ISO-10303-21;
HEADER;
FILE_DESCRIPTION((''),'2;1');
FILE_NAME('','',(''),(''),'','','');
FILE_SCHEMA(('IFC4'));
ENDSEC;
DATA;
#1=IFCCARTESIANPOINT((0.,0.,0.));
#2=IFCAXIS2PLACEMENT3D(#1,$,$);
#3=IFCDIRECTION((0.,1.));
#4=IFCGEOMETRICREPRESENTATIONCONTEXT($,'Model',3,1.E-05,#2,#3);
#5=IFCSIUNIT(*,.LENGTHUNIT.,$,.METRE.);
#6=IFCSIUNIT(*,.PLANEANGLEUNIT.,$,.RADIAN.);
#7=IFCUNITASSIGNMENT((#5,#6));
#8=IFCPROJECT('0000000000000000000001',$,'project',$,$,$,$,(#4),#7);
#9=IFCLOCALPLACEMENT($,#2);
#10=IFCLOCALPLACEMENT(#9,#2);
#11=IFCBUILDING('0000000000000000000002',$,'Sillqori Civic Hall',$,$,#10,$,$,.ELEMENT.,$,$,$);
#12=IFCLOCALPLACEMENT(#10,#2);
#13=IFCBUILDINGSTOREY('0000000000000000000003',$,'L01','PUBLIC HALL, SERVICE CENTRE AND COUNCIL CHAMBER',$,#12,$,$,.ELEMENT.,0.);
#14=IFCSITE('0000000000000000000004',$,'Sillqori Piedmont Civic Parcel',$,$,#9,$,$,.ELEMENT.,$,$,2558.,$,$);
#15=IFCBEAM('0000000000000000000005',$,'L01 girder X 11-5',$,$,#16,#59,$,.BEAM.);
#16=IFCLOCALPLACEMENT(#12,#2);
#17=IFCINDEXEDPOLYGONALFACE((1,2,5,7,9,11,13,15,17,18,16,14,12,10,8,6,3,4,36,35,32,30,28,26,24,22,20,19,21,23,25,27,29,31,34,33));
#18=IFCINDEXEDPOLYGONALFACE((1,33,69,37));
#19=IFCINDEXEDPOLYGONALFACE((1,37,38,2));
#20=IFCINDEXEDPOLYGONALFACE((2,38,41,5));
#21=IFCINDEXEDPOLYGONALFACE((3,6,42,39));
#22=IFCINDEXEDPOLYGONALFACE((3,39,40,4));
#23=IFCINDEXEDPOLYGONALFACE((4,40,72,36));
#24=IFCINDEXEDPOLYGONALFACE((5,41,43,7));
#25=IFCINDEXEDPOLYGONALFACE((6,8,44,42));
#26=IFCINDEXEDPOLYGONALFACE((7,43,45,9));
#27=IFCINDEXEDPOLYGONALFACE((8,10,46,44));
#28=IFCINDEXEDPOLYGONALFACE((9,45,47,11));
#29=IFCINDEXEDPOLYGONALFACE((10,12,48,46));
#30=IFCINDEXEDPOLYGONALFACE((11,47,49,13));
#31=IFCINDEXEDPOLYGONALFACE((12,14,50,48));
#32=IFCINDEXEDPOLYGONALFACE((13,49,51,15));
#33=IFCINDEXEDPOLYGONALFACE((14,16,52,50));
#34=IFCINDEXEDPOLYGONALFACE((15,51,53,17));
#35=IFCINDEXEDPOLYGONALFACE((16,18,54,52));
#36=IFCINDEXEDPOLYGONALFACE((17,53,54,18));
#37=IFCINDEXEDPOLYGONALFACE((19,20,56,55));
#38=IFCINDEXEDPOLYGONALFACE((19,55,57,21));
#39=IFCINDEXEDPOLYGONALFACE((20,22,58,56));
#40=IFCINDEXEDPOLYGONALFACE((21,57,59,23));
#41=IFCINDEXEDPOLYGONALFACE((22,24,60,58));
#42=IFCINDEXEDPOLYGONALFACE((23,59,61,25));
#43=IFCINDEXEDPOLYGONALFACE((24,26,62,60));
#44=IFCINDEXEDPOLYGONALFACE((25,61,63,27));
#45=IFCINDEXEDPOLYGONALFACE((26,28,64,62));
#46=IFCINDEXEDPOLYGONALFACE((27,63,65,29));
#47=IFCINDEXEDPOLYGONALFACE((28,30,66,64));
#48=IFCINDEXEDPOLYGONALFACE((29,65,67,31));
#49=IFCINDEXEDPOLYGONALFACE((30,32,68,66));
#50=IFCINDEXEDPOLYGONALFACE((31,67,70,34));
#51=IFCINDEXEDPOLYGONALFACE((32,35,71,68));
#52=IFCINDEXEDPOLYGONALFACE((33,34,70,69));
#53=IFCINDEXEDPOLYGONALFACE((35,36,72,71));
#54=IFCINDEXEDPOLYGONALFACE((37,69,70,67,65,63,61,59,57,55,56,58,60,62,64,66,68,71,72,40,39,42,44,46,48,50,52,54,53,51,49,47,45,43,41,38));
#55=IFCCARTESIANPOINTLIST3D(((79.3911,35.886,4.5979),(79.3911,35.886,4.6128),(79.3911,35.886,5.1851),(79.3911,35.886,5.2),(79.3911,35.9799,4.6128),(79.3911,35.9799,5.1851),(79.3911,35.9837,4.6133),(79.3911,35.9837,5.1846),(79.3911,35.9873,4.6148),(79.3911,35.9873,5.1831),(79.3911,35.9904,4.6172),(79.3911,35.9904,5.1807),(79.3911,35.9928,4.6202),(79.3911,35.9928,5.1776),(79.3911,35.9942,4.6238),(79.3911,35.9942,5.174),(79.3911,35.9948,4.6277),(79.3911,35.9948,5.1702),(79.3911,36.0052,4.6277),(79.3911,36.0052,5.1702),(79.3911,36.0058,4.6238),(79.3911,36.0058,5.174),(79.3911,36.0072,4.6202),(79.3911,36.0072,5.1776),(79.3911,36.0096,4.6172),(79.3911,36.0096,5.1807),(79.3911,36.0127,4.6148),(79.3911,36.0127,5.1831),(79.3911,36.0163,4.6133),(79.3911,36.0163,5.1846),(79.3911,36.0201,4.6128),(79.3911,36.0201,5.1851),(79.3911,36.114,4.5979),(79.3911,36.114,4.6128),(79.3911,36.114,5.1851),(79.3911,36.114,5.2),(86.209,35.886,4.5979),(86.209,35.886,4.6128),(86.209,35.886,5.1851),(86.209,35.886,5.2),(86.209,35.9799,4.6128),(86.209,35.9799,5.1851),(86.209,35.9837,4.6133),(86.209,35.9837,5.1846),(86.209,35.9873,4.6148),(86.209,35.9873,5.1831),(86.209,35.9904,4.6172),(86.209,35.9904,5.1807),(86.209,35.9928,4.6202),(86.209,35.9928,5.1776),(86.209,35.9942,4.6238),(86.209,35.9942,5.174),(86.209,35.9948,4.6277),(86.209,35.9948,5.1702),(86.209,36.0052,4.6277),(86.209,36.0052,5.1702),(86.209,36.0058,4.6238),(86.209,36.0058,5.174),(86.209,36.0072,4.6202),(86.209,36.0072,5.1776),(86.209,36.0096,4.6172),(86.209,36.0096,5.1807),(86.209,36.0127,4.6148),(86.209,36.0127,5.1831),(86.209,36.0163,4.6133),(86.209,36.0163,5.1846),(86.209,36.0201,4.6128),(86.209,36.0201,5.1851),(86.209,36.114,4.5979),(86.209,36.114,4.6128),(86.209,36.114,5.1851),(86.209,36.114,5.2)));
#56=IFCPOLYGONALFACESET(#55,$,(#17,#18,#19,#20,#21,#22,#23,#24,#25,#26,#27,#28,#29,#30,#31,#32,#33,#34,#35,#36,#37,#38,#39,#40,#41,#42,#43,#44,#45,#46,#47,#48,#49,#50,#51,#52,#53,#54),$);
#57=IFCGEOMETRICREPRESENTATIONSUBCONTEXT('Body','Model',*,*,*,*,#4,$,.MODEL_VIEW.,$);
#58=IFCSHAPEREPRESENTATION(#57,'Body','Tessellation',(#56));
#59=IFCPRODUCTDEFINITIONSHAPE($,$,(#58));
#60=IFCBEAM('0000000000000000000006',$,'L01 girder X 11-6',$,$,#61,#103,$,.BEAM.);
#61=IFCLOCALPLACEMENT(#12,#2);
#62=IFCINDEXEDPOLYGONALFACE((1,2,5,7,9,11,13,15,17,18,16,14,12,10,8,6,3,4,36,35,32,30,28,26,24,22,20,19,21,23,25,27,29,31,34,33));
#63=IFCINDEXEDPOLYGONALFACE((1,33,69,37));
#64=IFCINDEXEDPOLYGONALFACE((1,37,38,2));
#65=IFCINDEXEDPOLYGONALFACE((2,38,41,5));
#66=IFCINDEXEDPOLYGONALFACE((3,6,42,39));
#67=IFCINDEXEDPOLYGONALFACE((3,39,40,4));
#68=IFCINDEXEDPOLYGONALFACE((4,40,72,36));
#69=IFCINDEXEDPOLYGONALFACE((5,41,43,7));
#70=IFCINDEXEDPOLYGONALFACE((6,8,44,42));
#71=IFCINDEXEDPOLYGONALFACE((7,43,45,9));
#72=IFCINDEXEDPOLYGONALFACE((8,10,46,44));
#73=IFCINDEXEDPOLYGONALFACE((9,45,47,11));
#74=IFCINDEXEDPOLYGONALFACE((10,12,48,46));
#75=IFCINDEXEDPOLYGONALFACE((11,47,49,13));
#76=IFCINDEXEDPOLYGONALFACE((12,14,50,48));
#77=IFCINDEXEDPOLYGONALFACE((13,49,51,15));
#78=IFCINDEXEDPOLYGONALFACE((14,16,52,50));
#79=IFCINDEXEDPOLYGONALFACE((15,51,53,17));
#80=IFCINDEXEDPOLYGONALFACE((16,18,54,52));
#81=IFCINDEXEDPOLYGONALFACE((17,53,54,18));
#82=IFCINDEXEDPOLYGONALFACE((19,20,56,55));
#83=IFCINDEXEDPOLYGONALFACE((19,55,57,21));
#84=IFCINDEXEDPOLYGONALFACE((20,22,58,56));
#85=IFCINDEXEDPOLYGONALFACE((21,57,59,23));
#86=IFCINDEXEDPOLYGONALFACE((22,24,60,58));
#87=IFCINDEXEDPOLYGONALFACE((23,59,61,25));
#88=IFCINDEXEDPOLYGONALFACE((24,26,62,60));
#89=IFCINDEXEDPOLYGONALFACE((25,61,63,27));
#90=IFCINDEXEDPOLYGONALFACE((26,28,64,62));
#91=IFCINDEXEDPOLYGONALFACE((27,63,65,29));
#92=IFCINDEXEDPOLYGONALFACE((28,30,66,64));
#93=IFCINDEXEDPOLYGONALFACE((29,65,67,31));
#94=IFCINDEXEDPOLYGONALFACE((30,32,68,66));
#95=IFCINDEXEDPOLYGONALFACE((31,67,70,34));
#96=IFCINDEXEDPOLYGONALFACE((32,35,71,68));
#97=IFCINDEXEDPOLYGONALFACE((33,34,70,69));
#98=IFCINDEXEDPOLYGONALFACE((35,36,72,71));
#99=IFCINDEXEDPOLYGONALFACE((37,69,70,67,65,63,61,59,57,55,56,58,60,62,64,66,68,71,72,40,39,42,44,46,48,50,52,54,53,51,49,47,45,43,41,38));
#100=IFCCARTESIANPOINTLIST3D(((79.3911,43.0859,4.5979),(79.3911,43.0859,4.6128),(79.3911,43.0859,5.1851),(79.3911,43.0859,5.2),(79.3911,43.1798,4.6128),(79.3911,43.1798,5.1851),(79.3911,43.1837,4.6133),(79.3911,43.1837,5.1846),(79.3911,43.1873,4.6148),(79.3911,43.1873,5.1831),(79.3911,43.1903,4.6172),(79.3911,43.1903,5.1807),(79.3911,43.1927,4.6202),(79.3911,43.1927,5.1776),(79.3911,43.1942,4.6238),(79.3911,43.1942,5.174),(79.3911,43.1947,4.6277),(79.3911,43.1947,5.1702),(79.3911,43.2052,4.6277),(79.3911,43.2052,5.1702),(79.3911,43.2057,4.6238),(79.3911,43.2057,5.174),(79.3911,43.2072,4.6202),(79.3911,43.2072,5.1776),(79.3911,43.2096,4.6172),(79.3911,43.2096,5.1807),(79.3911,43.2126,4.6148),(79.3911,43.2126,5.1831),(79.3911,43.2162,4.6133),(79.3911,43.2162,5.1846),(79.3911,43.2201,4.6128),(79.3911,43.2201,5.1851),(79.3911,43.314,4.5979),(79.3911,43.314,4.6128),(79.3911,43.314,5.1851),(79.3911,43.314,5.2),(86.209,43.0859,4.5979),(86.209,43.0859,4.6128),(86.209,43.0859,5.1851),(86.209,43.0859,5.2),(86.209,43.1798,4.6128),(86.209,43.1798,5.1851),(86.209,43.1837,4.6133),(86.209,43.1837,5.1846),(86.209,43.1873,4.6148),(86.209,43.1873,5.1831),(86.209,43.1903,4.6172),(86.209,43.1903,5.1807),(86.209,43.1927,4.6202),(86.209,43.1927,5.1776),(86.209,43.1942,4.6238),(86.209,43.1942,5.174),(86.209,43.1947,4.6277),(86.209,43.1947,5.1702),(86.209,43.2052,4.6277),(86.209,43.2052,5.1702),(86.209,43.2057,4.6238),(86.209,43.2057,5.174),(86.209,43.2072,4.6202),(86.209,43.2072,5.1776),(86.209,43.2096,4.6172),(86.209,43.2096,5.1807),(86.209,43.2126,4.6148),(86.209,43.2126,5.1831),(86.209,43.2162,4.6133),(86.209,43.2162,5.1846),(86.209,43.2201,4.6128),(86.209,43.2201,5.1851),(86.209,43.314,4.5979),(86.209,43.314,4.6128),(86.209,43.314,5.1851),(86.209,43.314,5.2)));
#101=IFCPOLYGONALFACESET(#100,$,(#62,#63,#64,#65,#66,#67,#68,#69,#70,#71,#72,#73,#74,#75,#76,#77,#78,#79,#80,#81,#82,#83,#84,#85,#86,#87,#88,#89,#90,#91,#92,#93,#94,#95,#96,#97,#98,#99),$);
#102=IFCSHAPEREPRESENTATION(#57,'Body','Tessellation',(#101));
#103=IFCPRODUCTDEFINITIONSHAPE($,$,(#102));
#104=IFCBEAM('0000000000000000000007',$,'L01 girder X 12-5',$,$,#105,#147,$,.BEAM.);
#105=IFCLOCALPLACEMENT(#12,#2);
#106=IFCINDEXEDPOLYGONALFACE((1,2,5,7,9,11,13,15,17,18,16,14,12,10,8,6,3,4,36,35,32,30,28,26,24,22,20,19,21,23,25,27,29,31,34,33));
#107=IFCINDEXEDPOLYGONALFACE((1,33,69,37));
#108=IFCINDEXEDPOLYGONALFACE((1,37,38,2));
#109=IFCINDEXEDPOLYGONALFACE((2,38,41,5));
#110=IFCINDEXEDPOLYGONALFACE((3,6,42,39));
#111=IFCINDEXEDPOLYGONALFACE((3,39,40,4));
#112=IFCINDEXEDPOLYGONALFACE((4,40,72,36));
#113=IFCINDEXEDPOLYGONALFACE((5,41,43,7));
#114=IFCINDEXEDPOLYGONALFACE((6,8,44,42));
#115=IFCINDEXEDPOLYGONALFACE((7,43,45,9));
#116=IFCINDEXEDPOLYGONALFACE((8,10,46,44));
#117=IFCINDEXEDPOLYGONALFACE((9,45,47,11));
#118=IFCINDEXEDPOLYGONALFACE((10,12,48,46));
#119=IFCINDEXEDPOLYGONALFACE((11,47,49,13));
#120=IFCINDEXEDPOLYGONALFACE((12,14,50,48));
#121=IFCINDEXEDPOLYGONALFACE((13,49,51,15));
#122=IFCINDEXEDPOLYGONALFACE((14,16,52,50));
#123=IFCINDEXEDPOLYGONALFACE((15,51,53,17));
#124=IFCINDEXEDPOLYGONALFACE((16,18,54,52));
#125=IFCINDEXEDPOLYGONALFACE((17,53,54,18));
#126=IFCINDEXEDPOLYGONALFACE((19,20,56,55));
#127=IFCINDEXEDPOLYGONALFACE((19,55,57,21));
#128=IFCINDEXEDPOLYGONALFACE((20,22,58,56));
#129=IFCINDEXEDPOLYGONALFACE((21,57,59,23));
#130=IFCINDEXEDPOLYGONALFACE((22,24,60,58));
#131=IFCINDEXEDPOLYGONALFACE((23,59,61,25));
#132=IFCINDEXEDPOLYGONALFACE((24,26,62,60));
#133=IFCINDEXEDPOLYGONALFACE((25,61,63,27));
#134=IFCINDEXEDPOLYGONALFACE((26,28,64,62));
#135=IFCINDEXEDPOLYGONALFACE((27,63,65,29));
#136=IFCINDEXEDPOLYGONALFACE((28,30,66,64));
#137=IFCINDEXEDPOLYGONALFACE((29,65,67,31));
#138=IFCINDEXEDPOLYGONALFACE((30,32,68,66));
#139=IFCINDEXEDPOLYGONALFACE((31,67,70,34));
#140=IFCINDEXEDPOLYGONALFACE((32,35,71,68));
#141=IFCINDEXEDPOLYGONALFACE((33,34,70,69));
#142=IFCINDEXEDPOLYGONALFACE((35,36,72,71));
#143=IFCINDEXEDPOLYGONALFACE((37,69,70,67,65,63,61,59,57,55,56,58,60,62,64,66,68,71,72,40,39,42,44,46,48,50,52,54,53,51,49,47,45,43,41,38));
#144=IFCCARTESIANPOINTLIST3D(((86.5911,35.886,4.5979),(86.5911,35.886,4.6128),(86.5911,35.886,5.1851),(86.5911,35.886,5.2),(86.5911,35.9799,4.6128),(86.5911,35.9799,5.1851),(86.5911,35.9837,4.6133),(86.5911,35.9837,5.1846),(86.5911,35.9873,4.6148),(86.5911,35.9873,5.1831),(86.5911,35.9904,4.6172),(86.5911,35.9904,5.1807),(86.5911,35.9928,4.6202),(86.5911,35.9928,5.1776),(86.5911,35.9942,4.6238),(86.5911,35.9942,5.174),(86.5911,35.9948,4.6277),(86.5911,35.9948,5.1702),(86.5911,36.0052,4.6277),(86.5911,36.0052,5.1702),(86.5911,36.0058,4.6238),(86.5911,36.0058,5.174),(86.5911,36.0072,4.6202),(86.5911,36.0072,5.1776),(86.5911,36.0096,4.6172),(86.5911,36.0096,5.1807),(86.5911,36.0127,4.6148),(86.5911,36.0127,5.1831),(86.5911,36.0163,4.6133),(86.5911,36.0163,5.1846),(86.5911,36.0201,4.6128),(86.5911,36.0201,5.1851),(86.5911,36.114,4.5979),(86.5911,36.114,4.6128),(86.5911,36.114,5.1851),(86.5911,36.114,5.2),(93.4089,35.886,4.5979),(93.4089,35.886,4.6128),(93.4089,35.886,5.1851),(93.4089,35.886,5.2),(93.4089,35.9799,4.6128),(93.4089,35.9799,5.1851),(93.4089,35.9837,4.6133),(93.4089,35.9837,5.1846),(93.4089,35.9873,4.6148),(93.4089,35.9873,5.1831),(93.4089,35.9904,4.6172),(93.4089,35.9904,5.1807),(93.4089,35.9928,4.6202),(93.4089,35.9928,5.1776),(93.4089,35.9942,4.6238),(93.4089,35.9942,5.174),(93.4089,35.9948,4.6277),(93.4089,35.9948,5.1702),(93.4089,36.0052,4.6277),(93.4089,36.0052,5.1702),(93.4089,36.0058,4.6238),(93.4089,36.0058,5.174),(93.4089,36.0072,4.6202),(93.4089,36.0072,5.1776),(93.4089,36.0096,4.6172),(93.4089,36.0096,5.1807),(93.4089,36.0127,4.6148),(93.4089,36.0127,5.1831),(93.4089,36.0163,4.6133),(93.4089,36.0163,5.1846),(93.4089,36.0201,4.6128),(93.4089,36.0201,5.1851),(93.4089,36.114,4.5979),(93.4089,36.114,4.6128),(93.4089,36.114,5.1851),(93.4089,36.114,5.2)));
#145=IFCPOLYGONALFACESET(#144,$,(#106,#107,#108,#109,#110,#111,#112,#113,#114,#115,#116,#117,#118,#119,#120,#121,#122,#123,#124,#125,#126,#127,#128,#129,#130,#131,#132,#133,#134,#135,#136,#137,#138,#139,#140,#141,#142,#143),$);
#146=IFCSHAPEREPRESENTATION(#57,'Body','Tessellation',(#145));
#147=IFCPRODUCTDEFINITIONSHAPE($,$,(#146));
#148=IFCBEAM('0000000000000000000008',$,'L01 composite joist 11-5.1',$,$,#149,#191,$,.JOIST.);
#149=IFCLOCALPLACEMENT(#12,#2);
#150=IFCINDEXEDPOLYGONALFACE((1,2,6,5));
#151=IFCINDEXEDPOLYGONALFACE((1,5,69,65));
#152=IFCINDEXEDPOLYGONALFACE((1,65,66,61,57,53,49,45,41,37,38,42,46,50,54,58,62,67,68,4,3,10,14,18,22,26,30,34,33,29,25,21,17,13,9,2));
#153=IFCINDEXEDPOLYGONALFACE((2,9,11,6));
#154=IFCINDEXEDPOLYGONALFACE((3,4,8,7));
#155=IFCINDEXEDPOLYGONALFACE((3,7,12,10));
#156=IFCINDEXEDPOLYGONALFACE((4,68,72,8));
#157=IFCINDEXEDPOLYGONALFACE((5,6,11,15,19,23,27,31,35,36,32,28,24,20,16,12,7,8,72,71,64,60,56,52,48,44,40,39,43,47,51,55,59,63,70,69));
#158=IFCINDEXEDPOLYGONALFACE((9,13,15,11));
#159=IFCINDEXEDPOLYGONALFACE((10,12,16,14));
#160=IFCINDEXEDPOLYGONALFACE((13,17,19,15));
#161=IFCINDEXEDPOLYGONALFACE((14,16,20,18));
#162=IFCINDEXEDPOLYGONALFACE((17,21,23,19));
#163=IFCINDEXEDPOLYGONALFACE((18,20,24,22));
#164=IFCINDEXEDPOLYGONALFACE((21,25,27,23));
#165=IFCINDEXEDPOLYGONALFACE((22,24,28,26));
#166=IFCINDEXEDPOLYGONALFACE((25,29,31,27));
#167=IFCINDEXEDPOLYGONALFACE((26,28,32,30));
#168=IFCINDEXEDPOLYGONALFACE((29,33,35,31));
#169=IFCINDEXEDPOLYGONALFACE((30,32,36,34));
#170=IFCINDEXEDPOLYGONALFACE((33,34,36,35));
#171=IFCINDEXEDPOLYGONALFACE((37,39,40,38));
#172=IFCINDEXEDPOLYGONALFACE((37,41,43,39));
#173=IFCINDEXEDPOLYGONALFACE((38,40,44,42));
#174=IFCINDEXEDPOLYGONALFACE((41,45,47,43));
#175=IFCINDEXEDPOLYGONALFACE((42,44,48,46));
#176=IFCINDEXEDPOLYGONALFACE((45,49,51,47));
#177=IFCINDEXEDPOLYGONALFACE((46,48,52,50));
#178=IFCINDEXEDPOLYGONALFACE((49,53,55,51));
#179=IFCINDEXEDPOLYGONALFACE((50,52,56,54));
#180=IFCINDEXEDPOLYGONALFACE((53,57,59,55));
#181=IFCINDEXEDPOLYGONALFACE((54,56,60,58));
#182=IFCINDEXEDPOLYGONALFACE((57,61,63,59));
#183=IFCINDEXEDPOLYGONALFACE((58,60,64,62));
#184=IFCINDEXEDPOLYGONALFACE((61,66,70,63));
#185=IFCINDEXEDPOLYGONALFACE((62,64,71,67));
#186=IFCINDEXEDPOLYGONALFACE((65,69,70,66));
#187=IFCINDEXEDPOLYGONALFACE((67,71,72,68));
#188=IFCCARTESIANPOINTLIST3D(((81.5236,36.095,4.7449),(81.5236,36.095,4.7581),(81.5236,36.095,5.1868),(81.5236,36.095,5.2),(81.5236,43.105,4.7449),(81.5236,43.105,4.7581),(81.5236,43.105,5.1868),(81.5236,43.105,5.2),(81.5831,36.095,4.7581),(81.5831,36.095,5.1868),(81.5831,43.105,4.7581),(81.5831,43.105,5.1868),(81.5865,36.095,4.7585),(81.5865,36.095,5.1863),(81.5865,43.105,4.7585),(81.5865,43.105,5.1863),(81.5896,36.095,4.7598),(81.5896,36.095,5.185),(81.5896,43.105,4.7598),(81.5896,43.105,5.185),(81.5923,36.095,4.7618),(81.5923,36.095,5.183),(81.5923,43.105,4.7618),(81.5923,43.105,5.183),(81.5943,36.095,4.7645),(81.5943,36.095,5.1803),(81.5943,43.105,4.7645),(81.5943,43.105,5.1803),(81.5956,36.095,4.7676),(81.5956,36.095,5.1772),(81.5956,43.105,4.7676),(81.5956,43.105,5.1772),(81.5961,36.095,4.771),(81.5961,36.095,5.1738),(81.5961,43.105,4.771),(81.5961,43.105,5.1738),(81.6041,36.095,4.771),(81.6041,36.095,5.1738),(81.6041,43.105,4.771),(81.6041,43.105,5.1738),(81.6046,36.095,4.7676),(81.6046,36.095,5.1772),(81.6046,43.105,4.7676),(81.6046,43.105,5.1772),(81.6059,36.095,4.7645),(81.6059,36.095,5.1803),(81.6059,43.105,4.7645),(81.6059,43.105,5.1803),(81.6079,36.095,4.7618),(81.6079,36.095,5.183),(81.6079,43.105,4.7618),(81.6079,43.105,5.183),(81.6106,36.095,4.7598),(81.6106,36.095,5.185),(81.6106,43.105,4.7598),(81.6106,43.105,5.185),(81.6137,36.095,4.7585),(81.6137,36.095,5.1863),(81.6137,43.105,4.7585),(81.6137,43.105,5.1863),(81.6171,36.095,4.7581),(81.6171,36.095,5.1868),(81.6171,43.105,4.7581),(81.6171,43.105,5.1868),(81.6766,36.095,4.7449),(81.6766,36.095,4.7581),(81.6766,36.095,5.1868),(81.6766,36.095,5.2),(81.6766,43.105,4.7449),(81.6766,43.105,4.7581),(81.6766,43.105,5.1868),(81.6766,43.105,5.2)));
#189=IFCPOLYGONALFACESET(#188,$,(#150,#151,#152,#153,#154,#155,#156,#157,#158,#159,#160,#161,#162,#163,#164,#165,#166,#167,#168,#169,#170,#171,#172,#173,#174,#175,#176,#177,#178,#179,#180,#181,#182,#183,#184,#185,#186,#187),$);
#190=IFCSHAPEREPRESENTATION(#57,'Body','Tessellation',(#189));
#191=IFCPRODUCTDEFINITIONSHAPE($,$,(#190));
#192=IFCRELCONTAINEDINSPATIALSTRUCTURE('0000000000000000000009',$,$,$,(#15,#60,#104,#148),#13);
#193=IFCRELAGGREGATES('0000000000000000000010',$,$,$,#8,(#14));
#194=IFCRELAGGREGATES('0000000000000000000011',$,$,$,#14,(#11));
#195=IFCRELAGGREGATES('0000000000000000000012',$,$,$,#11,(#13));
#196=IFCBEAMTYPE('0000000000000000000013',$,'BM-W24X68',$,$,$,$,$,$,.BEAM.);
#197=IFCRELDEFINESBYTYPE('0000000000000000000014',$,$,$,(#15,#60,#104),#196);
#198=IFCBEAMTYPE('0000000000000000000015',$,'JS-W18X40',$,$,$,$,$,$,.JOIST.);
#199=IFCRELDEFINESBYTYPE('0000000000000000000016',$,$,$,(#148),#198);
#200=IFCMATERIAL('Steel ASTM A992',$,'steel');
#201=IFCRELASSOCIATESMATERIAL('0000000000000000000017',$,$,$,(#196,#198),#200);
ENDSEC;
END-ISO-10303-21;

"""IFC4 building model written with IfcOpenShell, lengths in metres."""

from ifc_helpers import new_model, si_unit, direction, frame, origin, origin_2d, place, context, subcontext, project, spatial, i_section, extrude, material, material_profile, profile_set, type_object, element, save


model = new_model("IFC4")

# Units and contexts
model_context = context("Model", 3, precision=1e-05, world=origin(), true_north=direction((0.0, 1.0)))
body_context = subcontext(model_context, "Body", "Model", "MODEL_VIEW")
ifc_project = project(units=[si_unit("LENGTHUNIT", "METRE"), si_unit("PLANEANGLEUNIT", "RADIAN")], contexts=[model_context])

# Site, building, storey
site_placement = place(None, origin())
site = spatial("IfcSite", under=ifc_project, at=site_placement, Name="Sillqori Piedmont Civic Parcel", CompositionType="ELEMENT", RefElevation=2558.0)
building_placement = place(site_placement, origin())
building = spatial("IfcBuilding", under=site, at=building_placement, Name="Sillqori Civic Hall", CompositionType="ELEMENT")
storey_placement = place(building_placement, origin())
storey = spatial("IfcBuildingStorey", under=building, at=storey_placement, Name="L01", Description="PUBLIC HALL, SERVICE CENTRE AND COUNCIL CHAMBER", CompositionType="ELEMENT", Elevation=0.0)

# Shared definitions
ifc_material_1 = material(Name="Steel ASTM A992", Category="steel")

# Beams
ifc_material_profile_1 = material_profile(ifc_material_1, i_section(OverallWidth=0.228, OverallDepth=0.6021, WebThickness=0.0105, FlangeThickness=0.0149, FilletRadius=0.0149, at=origin_2d()), Name="W24X68")
ifc_profile_set_1 = profile_set([ifc_material_profile_1], Name="Steel ASTM A992")
beam_type_1 = type_object("IfcBeamType", Name="BM-W24X68", PredefinedType="BEAM", material=ifc_profile_set_1)
for number, where, z_axis, x_axis, name in (
    (1, (79.3911, 36.0, 4.8989), (1.0, 0.0, 0.0), (0.0, 1.0, 0.0), "L01 girder X 11-5"),
    (2, (79.3911, 43.2, 4.8989), (1.0, 0.0, 0.0), (0.0, 1.0, 0.0), "L01 girder X 11-6"),
    (3, (86.5911, 36.0, 4.8989), (1.0, 0.0, 0.0), (0.0, 1.0, 0.0), "L01 girder X 12-5"),
):
    element("IfcBeam", number, at=place(storey_placement, frame(where, z_axis=z_axis, x_axis=x_axis)), inside=storey, type_object=beam_type_1, Name=name, PredefinedType="BEAM", context=body_context, shape_type="SweptSolid", body=[
        extrude(i_section(OverallWidth=0.228, OverallDepth=0.6021, WebThickness=0.0105, FlangeThickness=0.0149, FilletRadius=0.0149, at=origin_2d()), origin(), (0.0, 0.0, 1.0), 6.8179),
    ])
ifc_material_profile_2 = material_profile(ifc_material_1, i_section(OverallWidth=0.1531, OverallDepth=0.4551, WebThickness=0.0081, FlangeThickness=0.0132, FilletRadius=0.0129, at=origin_2d()), Name="W18X40")
ifc_profile_set_2 = profile_set([ifc_material_profile_2], Name="Steel ASTM A992")
beam_type_2 = type_object("IfcBeamType", Name="JS-W18X40", PredefinedType="JOIST", material=ifc_profile_set_2)
for number, where, z_axis, x_axis, name in (
    (4, (81.6001, 36.095, 4.9724), (0.0, 1.0, 0.0), (-1.0, 0.0, 0.0), "L01 composite joist 11-5.1"),
):
    element("IfcBeam", number, at=place(storey_placement, frame(where, z_axis=z_axis, x_axis=x_axis)), inside=storey, type_object=beam_type_2, Name=name, PredefinedType="JOIST", context=body_context, shape_type="SweptSolid", body=[
        extrude(i_section(OverallWidth=0.1531, OverallDepth=0.4551, WebThickness=0.0081, FlangeThickness=0.0132, FilletRadius=0.0129, at=origin_2d()), origin(), (0.0, 0.0, 1.0), 7.01),
    ])

save(model, "model.ifc")
